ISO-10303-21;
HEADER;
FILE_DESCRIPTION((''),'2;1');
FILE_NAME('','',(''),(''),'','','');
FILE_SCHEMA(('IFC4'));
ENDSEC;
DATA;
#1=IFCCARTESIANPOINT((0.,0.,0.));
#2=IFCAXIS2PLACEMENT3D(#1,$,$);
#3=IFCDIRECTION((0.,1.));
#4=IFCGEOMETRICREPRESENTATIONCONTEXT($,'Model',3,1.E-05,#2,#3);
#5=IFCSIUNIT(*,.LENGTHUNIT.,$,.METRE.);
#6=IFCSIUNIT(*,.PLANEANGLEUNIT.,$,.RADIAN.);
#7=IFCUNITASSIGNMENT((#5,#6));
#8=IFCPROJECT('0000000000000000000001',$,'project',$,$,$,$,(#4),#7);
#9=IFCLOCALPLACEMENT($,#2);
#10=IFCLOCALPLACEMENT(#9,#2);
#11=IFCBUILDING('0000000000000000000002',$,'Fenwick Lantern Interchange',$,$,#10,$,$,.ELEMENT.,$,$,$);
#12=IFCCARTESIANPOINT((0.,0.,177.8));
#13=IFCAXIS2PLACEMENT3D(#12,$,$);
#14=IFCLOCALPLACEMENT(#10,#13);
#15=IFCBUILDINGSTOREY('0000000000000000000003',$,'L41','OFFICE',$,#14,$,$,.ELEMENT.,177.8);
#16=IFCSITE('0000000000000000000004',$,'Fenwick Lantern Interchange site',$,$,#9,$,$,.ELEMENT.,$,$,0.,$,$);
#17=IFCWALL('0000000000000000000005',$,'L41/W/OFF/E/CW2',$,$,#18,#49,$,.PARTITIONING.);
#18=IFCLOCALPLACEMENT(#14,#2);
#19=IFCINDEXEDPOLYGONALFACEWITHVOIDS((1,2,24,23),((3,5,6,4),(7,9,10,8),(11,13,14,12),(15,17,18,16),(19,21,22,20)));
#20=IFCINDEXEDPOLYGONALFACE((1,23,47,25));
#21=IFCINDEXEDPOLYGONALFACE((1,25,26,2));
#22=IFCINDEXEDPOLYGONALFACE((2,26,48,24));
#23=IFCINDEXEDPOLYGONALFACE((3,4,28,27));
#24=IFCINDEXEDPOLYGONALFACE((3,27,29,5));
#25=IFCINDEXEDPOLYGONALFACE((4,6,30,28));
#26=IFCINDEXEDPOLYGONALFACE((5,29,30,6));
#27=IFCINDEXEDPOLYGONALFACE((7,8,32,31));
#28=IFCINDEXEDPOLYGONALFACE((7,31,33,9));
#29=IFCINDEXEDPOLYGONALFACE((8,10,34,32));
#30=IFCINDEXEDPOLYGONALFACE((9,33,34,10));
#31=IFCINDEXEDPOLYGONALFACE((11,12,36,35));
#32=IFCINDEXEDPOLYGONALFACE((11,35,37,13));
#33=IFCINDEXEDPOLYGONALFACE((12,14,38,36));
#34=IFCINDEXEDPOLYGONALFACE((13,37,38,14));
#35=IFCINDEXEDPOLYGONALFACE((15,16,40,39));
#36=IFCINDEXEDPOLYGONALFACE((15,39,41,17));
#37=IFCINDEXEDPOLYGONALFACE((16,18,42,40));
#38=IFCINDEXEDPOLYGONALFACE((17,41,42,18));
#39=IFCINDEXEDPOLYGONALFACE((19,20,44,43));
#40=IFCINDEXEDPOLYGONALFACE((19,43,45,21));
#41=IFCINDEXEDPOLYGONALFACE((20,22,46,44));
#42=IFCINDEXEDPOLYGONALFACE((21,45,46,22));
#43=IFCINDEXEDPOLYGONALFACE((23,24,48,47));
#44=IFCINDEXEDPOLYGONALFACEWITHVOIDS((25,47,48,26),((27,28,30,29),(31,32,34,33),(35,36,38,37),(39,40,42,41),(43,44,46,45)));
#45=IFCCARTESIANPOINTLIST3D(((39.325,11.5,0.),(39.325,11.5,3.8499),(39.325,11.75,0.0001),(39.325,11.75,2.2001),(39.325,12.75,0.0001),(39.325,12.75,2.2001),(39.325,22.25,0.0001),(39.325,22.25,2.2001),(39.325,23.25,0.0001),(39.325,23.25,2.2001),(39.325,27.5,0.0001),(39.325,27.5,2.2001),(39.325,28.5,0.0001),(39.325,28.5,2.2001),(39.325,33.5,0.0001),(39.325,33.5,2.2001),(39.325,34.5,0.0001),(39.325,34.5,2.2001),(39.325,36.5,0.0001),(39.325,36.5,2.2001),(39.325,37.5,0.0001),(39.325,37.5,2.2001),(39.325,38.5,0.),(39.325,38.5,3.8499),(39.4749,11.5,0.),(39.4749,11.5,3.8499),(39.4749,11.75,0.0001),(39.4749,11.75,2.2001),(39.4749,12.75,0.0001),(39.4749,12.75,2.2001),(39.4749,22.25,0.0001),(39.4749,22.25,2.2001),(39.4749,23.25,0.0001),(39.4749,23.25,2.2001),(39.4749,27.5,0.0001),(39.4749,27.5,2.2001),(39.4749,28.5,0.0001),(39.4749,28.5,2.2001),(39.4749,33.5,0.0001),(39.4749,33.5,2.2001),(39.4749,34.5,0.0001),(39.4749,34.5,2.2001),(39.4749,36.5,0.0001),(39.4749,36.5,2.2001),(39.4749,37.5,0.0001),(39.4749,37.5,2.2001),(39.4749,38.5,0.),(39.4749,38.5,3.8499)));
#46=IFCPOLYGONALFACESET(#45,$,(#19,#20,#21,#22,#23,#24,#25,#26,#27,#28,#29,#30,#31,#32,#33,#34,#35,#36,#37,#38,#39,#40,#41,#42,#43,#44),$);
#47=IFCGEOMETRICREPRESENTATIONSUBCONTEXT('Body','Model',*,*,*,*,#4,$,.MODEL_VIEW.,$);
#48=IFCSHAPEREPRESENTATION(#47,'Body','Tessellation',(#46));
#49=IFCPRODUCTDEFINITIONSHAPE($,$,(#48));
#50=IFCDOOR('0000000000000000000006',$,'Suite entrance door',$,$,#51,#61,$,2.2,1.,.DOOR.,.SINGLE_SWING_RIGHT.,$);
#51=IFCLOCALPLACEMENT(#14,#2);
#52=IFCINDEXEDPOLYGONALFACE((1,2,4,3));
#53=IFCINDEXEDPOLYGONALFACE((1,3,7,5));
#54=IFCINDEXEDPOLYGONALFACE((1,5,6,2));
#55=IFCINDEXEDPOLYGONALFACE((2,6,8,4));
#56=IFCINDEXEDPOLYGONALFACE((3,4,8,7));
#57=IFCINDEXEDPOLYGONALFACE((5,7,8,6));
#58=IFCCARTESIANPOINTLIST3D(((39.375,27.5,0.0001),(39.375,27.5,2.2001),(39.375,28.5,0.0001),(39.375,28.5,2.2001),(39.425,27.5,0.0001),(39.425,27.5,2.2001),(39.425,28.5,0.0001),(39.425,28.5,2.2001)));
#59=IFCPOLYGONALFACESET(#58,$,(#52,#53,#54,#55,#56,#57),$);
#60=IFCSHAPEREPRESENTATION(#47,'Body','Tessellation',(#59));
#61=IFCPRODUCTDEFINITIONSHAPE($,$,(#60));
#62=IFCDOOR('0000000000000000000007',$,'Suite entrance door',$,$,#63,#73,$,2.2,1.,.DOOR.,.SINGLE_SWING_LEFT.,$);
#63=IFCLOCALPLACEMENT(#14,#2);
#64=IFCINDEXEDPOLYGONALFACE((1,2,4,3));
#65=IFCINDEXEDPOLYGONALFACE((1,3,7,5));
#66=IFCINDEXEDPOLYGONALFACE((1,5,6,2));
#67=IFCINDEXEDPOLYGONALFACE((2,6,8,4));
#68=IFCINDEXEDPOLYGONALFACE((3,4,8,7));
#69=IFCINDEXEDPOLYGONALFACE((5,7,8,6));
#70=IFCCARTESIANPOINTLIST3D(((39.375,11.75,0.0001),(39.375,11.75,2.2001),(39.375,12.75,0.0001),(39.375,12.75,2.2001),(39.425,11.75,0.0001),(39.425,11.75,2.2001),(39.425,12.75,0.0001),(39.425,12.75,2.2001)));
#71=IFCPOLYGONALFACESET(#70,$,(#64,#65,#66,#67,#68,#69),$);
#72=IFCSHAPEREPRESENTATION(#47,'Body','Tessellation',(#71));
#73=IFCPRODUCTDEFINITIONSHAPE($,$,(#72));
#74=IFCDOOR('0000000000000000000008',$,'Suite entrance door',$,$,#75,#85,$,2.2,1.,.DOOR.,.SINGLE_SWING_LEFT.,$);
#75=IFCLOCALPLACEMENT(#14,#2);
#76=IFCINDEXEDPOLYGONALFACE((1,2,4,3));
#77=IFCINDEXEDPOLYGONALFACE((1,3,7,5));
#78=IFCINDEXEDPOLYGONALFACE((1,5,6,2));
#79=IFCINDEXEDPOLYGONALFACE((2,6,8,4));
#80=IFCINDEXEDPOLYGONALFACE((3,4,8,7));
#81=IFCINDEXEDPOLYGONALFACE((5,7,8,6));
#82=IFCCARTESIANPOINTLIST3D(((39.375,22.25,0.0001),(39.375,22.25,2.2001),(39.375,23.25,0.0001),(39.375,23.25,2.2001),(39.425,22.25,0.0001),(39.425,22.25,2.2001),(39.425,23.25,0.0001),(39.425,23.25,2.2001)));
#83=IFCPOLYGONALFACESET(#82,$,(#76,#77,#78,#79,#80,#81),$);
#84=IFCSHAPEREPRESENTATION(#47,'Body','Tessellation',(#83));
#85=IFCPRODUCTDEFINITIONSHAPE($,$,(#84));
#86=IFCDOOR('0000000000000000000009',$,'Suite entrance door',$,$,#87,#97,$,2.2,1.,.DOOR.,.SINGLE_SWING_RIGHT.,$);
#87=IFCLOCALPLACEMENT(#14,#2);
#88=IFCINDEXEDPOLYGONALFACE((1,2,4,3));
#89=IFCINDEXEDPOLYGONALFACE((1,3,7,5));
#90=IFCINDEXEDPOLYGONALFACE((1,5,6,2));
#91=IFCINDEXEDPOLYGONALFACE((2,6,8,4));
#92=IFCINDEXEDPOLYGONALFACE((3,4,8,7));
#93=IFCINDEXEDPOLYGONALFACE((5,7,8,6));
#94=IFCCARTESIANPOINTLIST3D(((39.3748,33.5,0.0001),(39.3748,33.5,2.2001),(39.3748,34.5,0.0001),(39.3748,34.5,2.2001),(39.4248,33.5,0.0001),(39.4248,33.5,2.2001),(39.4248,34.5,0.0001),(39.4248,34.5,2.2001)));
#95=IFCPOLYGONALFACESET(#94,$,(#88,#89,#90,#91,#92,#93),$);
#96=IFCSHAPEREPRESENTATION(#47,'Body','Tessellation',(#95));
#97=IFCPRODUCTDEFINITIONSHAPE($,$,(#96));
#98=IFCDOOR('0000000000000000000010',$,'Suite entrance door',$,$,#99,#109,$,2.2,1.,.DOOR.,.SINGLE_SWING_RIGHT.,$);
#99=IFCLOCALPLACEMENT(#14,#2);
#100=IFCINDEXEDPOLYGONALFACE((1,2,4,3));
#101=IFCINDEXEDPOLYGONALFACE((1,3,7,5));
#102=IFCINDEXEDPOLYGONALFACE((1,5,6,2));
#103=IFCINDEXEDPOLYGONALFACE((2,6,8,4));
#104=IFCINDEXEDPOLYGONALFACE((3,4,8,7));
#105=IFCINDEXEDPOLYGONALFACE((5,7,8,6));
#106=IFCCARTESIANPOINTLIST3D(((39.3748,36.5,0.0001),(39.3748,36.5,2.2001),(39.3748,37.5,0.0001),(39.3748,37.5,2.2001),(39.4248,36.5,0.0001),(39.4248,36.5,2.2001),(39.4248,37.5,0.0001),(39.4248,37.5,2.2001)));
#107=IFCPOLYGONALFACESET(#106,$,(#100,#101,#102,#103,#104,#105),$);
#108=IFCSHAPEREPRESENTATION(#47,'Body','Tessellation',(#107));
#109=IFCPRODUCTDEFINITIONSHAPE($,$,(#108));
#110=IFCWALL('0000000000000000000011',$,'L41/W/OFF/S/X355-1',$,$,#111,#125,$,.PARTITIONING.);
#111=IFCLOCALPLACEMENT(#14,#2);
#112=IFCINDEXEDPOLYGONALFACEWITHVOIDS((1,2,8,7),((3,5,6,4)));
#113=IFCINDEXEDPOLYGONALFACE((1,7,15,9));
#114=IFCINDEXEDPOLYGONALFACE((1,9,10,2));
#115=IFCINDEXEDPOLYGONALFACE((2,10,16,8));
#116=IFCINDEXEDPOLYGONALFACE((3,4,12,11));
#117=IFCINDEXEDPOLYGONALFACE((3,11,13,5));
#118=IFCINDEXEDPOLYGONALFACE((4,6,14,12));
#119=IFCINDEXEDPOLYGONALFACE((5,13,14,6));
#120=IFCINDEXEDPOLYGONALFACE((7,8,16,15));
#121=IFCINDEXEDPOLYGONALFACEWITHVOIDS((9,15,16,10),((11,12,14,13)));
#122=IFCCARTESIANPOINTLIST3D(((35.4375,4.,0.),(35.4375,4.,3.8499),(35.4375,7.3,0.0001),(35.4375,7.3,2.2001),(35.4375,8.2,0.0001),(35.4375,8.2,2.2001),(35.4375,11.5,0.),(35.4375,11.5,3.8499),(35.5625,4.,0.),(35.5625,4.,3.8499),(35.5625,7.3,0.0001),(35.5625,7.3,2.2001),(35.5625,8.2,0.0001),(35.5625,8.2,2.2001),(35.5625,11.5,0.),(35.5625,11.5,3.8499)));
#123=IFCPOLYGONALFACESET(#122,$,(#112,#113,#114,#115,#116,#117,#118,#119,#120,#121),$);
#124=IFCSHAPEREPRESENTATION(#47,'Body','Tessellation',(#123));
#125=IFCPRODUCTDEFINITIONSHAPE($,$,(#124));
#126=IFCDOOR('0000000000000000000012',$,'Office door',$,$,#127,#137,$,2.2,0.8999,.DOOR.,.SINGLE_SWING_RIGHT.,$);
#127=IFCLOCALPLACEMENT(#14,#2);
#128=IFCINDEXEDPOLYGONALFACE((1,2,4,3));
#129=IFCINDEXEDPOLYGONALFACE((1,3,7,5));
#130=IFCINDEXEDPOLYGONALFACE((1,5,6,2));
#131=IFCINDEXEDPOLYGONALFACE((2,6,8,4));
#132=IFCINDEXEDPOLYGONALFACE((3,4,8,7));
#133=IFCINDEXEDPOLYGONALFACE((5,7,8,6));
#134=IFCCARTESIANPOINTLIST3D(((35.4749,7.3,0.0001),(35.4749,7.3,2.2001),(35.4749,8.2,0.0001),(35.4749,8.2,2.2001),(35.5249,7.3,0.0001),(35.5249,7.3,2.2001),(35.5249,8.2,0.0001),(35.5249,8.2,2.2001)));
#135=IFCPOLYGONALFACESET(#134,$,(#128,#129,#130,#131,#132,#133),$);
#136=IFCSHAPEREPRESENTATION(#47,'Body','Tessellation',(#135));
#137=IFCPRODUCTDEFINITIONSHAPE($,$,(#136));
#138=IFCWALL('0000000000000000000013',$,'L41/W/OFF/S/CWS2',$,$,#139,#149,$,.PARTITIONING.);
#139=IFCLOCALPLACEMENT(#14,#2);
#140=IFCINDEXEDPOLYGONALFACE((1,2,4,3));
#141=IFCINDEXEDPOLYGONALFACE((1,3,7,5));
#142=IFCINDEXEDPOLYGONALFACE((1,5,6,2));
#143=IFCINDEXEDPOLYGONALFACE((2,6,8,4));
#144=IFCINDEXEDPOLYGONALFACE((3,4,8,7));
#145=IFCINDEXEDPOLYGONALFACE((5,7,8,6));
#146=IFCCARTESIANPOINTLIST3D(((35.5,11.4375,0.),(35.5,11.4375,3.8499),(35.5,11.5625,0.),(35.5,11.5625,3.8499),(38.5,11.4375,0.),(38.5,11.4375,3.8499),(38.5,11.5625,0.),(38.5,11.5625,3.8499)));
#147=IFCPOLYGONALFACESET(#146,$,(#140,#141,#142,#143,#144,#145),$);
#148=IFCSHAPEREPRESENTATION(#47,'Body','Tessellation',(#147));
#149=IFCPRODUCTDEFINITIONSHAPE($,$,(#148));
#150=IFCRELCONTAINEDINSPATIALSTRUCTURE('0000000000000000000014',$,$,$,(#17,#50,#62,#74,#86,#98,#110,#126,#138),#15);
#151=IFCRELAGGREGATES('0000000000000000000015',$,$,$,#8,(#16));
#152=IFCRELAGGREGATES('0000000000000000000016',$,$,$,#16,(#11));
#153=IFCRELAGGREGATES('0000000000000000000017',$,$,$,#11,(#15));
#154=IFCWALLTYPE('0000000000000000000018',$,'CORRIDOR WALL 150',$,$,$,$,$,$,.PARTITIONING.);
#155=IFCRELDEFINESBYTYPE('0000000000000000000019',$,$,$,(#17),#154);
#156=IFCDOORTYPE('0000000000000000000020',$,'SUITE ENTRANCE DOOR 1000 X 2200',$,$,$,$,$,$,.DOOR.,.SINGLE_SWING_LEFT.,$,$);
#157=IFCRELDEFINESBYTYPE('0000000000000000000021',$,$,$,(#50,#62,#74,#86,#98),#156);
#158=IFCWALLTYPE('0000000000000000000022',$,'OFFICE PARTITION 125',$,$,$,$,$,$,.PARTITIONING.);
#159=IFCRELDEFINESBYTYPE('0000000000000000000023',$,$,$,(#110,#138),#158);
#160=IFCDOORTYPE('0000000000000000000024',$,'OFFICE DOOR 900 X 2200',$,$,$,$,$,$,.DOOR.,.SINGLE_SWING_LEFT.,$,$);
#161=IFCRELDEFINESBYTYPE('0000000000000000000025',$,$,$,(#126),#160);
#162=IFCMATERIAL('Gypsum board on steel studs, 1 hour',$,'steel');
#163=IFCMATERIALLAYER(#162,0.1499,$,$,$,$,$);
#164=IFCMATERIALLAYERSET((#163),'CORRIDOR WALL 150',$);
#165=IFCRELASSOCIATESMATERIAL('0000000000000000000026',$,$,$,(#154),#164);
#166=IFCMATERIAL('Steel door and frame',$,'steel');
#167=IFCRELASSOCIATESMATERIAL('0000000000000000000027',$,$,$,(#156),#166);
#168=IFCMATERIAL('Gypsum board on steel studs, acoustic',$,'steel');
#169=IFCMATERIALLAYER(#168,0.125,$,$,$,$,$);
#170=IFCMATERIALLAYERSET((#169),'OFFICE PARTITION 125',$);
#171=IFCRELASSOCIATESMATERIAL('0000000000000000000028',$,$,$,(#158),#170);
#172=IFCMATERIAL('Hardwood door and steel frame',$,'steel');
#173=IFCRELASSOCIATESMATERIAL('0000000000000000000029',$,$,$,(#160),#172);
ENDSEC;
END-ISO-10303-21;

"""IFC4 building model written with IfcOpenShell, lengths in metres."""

from ifc_helpers import new_model, si_unit, direction, frame, frame_2d, origin, place, context, subcontext, project, spatial, rectangle, extrude, material, layer, layer_set, type_object, element, fill, save


model = new_model("IFC4")

# Units and contexts
model_context = context("Model", 3, precision=1e-05, world=origin(), true_north=direction((0.0, 1.0)))
body_context = subcontext(model_context, "Body", "Model", "MODEL_VIEW")
ifc_project = project(units=[si_unit("LENGTHUNIT", "METRE"), si_unit("PLANEANGLEUNIT", "RADIAN")], contexts=[model_context])

# Site, building, storey
site_placement = place(None, origin())
site = spatial("IfcSite", under=ifc_project, at=site_placement, Name="Fenwick Lantern Interchange site", CompositionType="ELEMENT", RefElevation=0.0)
building_placement = place(site_placement, origin())
building = spatial("IfcBuilding", under=site, at=building_placement, Name="Fenwick Lantern Interchange", CompositionType="ELEMENT")
storey_placement = place(building_placement, frame((0.0, 0.0, 177.8)))
storey = spatial("IfcBuildingStorey", under=building, at=storey_placement, Name="L41", Description="OFFICE", CompositionType="ELEMENT", Elevation=177.8)

# Shared definitions
ifc_material_1 = material(Name="Steel door and frame", Category="steel")

# Shared definitions
ifc_material_2 = material(Name="Gypsum board on steel studs, 1 hour", Category="steel")
ifc_layer_1 = layer(ifc_material_2, 0.1499)
ifc_layer_set_1 = layer_set([ifc_layer_1], Name="CORRIDOR WALL 150")
wall_type_1 = type_object("IfcWallType", Name="CORRIDOR WALL 150", PredefinedType="PARTITIONING", material=ifc_layer_set_1)

# Wall, openings, doors
wall_1_placement = place(storey_placement, frame((39.3999, 11.5, 0.0), z_axis=(0.0, 0.0, 1.0), x_axis=(0.0, 1.0, 0.0)))
wall_1 = element("IfcWall", 1, at=wall_1_placement, inside=storey, type_object=wall_type_1, Name="L41/W/OFF/E/CW2", PredefinedType="PARTITIONING", context=body_context, shape_type="SweptSolid", body=[
    extrude(rectangle(XDim=27.0, YDim=0.1499, at=frame_2d((13.5, 0.0))), origin(), (0.0, 0.0, 1.0), 3.8499),
])
opening_1_placement = place(wall_1_placement, frame((16.0, 0.0, 0.0)))
opening_1 = element("IfcOpeningElement", 2, at=opening_1_placement, cuts=wall_1, PredefinedType="OPENING", context=body_context, shape_type="SweptSolid", body=[
    extrude(rectangle(XDim=1.0, YDim=2.2, at=frame_2d((0.5, 1.1001))), frame((0.0, 0.085, 0.0), z_axis=(0.0, -1.0, 0.0), x_axis=(1.0, 0.0, 0.0)), (0.0, 0.0, 1.0), 0.1699),
])
opening_2_placement = place(wall_1_placement, frame((0.25, 0.0, 0.0)))
opening_2 = element("IfcOpeningElement", 3, at=opening_2_placement, cuts=wall_1, PredefinedType="OPENING", context=body_context, shape_type="SweptSolid", body=[
    extrude(rectangle(XDim=1.0, YDim=2.2, at=frame_2d((0.5, 1.1001))), frame((0.0, 0.085, 0.0), z_axis=(0.0, -1.0, 0.0), x_axis=(1.0, 0.0, 0.0)), (0.0, 0.0, 1.0), 0.1699),
])
opening_3_placement = place(wall_1_placement, frame((10.75, 0.0, 0.0)))
opening_3 = element("IfcOpeningElement", 4, at=opening_3_placement, cuts=wall_1, PredefinedType="OPENING", context=body_context, shape_type="SweptSolid", body=[
    extrude(rectangle(XDim=1.0, YDim=2.2, at=frame_2d((0.5, 1.1001))), frame((0.0, 0.085, 0.0), z_axis=(0.0, -1.0, 0.0), x_axis=(1.0, 0.0, 0.0)), (0.0, 0.0, 1.0), 0.1699),
])
opening_4_placement = place(wall_1_placement, frame((22.0, 0.0, 0.0)))
opening_4 = element("IfcOpeningElement", 5, at=opening_4_placement, cuts=wall_1, PredefinedType="OPENING", context=body_context, shape_type="SweptSolid", body=[
    extrude(rectangle(XDim=1.0, YDim=2.2, at=frame_2d((0.5, 1.1001))), frame((0.0, 0.085, 0.0), z_axis=(0.0, -1.0, 0.0), x_axis=(1.0, 0.0, 0.0)), (0.0, 0.0, 1.0), 0.1699),
])
opening_5_placement = place(wall_1_placement, frame((25.0, 0.0, 0.0)))
opening_5 = element("IfcOpeningElement", 6, at=opening_5_placement, cuts=wall_1, PredefinedType="OPENING", context=body_context, shape_type="SweptSolid", body=[
    extrude(rectangle(XDim=1.0, YDim=2.2, at=frame_2d((0.5, 1.1001))), frame((0.0, 0.085, 0.0), z_axis=(0.0, -1.0, 0.0), x_axis=(1.0, 0.0, 0.0)), (0.0, 0.0, 1.0), 0.1699),
])
door_type_1 = type_object("IfcDoorType", Name="SUITE ENTRANCE DOOR 1000 X 2200", OperationType="SINGLE_SWING_LEFT", PredefinedType="DOOR", material=ifc_material_1)
door_1_placement = place(opening_1_placement, origin())
door_1 = element("IfcDoor", 7, at=door_1_placement, inside=storey, type_object=door_type_1, Name="Suite entrance door", OperationType="SINGLE_SWING_RIGHT", OverallHeight=2.2, OverallWidth=1.0, PredefinedType="DOOR", context=body_context, shape_type="SweptSolid", body=[
    extrude(rectangle(XDim=1.0, YDim=2.2, at=frame_2d((0.5, 1.1001))), frame((0.0, 0.0249, 0.0), z_axis=(0.0, -1.0, 0.0), x_axis=(1.0, 0.0, 0.0)), (0.0, 0.0, 1.0), 0.05),
])
fill(opening_1, door_1)
door_2_placement = place(opening_2_placement, origin())
door_2 = element("IfcDoor", 8, at=door_2_placement, inside=storey, type_object=door_type_1, Name="Suite entrance door", OperationType="SINGLE_SWING_LEFT", OverallHeight=2.2, OverallWidth=1.0, PredefinedType="DOOR", context=body_context, shape_type="SweptSolid", body=[
    extrude(rectangle(XDim=1.0, YDim=2.2, at=frame_2d((0.5, 1.1001))), frame((0.0, 0.0249, 0.0), z_axis=(0.0, -1.0, 0.0), x_axis=(1.0, 0.0, 0.0)), (0.0, 0.0, 1.0), 0.05),
])
fill(opening_2, door_2)
door_3_placement = place(opening_3_placement, origin())
door_3 = element("IfcDoor", 9, at=door_3_placement, inside=storey, type_object=door_type_1, Name="Suite entrance door", OperationType="SINGLE_SWING_LEFT", OverallHeight=2.2, OverallWidth=1.0, PredefinedType="DOOR", context=body_context, shape_type="SweptSolid", body=[
    extrude(rectangle(XDim=1.0, YDim=2.2, at=frame_2d((0.5, 1.1001))), frame((0.0, 0.0249, 0.0), z_axis=(0.0, -1.0, 0.0), x_axis=(1.0, 0.0, 0.0)), (0.0, 0.0, 1.0), 0.05),
])
fill(opening_3, door_3)
door_4_placement = place(opening_4_placement, frame((1.0, 0.0, 0.0), z_axis=(0.0, 0.0, 1.0), x_axis=(-1.0, 0.0, 0.0)))
door_4 = element("IfcDoor", 10, at=door_4_placement, inside=storey, type_object=door_type_1, Name="Suite entrance door", OperationType="SINGLE_SWING_RIGHT", OverallHeight=2.2, OverallWidth=1.0, PredefinedType="DOOR", context=body_context, shape_type="SweptSolid", body=[
    extrude(rectangle(XDim=1.0, YDim=2.2, at=frame_2d((0.5, 1.1001))), frame((0.0, 0.0249, 0.0), z_axis=(0.0, -1.0, 0.0), x_axis=(1.0, 0.0, 0.0)), (0.0, 0.0, 1.0), 0.05),
])
fill(opening_4, door_4)
door_5_placement = place(opening_5_placement, frame((1.0, 0.0, 0.0), z_axis=(0.0, 0.0, 1.0), x_axis=(-1.0, 0.0, 0.0)))
door_5 = element("IfcDoor", 11, at=door_5_placement, inside=storey, type_object=door_type_1, Name="Suite entrance door", OperationType="SINGLE_SWING_RIGHT", OverallHeight=2.2, OverallWidth=1.0, PredefinedType="DOOR", context=body_context, shape_type="SweptSolid", body=[
    extrude(rectangle(XDim=1.0, YDim=2.2, at=frame_2d((0.5, 1.1001))), frame((0.0, 0.0249, 0.0), z_axis=(0.0, -1.0, 0.0), x_axis=(1.0, 0.0, 0.0)), (0.0, 0.0, 1.0), 0.05),
])
fill(opening_5, door_5)

# Wall, opening, door
ifc_material_3 = material(Name="Gypsum board on steel studs, acoustic", Category="steel")
ifc_layer_2 = layer(ifc_material_3, 0.125)
ifc_layer_set_2 = layer_set([ifc_layer_2], Name="OFFICE PARTITION 125")
wall_type_2 = type_object("IfcWallType", Name="OFFICE PARTITION 125", PredefinedType="PARTITIONING", material=ifc_layer_set_2)
wall_2_placement = place(storey_placement, frame((35.5, 4.0, 0.0), z_axis=(0.0, 0.0, 1.0), x_axis=(0.0, 1.0, 0.0)))
wall_2 = element("IfcWall", 12, at=wall_2_placement, inside=storey, type_object=wall_type_2, Name="L41/W/OFF/S/X355-1", PredefinedType="PARTITIONING", context=body_context, shape_type="SweptSolid", body=[
    extrude(rectangle(XDim=7.5, YDim=0.125, at=frame_2d((3.75, 0.0))), origin(), (0.0, 0.0, 1.0), 3.8499),
])
opening_6_placement = place(wall_2_placement, frame((3.3, 0.0, 0.0)))
opening_6 = element("IfcOpeningElement", 13, at=opening_6_placement, cuts=wall_2, PredefinedType="OPENING", context=body_context, shape_type="SweptSolid", body=[
    extrude(rectangle(XDim=0.8999, YDim=2.2, at=frame_2d((0.45, 1.1001))), frame((0.0, 0.0725, 0.0), z_axis=(0.0, -1.0, 0.0), x_axis=(1.0, 0.0, 0.0)), (0.0, 0.0, 1.0), 0.145),
])
ifc_material_4 = material(Name="Hardwood door and steel frame", Category="steel")
door_type_2 = type_object("IfcDoorType", Name="OFFICE DOOR 900 X 2200", OperationType="SINGLE_SWING_LEFT", PredefinedType="DOOR", material=ifc_material_4)
door_6_placement = place(opening_6_placement, frame((0.8999, 0.0, 0.0), z_axis=(0.0, 0.0, 1.0), x_axis=(-1.0, 0.0, 0.0)))
door_6 = element("IfcDoor", 14, at=door_6_placement, inside=storey, type_object=door_type_2, Name="Office door", OperationType="SINGLE_SWING_RIGHT", OverallHeight=2.2, OverallWidth=0.8999, PredefinedType="DOOR", context=body_context, shape_type="SweptSolid", body=[
    extrude(rectangle(XDim=0.8999, YDim=2.2, at=frame_2d((0.45, 1.1001))), frame((0.0, 0.0249, 0.0), z_axis=(0.0, -1.0, 0.0), x_axis=(1.0, 0.0, 0.0)), (0.0, 0.0, 1.0), 0.05),
])
fill(opening_6, door_6)

# Wall
wall_3_placement = place(storey_placement, frame((35.5, 11.5, 0.0), z_axis=(0.0, 0.0, 1.0), x_axis=(1.0, 0.0, 0.0)))
element("IfcWall", 15, at=wall_3_placement, inside=storey, type_object=wall_type_2, Name="L41/W/OFF/S/CWS2", PredefinedType="PARTITIONING", context=body_context, shape_type="SweptSolid", body=[
    extrude(rectangle(XDim=3.0, YDim=0.125, at=frame_2d((1.5, 0.0))), origin(), (0.0, 0.0, 1.0), 3.8499),
])

save(model, "model.ifc")
